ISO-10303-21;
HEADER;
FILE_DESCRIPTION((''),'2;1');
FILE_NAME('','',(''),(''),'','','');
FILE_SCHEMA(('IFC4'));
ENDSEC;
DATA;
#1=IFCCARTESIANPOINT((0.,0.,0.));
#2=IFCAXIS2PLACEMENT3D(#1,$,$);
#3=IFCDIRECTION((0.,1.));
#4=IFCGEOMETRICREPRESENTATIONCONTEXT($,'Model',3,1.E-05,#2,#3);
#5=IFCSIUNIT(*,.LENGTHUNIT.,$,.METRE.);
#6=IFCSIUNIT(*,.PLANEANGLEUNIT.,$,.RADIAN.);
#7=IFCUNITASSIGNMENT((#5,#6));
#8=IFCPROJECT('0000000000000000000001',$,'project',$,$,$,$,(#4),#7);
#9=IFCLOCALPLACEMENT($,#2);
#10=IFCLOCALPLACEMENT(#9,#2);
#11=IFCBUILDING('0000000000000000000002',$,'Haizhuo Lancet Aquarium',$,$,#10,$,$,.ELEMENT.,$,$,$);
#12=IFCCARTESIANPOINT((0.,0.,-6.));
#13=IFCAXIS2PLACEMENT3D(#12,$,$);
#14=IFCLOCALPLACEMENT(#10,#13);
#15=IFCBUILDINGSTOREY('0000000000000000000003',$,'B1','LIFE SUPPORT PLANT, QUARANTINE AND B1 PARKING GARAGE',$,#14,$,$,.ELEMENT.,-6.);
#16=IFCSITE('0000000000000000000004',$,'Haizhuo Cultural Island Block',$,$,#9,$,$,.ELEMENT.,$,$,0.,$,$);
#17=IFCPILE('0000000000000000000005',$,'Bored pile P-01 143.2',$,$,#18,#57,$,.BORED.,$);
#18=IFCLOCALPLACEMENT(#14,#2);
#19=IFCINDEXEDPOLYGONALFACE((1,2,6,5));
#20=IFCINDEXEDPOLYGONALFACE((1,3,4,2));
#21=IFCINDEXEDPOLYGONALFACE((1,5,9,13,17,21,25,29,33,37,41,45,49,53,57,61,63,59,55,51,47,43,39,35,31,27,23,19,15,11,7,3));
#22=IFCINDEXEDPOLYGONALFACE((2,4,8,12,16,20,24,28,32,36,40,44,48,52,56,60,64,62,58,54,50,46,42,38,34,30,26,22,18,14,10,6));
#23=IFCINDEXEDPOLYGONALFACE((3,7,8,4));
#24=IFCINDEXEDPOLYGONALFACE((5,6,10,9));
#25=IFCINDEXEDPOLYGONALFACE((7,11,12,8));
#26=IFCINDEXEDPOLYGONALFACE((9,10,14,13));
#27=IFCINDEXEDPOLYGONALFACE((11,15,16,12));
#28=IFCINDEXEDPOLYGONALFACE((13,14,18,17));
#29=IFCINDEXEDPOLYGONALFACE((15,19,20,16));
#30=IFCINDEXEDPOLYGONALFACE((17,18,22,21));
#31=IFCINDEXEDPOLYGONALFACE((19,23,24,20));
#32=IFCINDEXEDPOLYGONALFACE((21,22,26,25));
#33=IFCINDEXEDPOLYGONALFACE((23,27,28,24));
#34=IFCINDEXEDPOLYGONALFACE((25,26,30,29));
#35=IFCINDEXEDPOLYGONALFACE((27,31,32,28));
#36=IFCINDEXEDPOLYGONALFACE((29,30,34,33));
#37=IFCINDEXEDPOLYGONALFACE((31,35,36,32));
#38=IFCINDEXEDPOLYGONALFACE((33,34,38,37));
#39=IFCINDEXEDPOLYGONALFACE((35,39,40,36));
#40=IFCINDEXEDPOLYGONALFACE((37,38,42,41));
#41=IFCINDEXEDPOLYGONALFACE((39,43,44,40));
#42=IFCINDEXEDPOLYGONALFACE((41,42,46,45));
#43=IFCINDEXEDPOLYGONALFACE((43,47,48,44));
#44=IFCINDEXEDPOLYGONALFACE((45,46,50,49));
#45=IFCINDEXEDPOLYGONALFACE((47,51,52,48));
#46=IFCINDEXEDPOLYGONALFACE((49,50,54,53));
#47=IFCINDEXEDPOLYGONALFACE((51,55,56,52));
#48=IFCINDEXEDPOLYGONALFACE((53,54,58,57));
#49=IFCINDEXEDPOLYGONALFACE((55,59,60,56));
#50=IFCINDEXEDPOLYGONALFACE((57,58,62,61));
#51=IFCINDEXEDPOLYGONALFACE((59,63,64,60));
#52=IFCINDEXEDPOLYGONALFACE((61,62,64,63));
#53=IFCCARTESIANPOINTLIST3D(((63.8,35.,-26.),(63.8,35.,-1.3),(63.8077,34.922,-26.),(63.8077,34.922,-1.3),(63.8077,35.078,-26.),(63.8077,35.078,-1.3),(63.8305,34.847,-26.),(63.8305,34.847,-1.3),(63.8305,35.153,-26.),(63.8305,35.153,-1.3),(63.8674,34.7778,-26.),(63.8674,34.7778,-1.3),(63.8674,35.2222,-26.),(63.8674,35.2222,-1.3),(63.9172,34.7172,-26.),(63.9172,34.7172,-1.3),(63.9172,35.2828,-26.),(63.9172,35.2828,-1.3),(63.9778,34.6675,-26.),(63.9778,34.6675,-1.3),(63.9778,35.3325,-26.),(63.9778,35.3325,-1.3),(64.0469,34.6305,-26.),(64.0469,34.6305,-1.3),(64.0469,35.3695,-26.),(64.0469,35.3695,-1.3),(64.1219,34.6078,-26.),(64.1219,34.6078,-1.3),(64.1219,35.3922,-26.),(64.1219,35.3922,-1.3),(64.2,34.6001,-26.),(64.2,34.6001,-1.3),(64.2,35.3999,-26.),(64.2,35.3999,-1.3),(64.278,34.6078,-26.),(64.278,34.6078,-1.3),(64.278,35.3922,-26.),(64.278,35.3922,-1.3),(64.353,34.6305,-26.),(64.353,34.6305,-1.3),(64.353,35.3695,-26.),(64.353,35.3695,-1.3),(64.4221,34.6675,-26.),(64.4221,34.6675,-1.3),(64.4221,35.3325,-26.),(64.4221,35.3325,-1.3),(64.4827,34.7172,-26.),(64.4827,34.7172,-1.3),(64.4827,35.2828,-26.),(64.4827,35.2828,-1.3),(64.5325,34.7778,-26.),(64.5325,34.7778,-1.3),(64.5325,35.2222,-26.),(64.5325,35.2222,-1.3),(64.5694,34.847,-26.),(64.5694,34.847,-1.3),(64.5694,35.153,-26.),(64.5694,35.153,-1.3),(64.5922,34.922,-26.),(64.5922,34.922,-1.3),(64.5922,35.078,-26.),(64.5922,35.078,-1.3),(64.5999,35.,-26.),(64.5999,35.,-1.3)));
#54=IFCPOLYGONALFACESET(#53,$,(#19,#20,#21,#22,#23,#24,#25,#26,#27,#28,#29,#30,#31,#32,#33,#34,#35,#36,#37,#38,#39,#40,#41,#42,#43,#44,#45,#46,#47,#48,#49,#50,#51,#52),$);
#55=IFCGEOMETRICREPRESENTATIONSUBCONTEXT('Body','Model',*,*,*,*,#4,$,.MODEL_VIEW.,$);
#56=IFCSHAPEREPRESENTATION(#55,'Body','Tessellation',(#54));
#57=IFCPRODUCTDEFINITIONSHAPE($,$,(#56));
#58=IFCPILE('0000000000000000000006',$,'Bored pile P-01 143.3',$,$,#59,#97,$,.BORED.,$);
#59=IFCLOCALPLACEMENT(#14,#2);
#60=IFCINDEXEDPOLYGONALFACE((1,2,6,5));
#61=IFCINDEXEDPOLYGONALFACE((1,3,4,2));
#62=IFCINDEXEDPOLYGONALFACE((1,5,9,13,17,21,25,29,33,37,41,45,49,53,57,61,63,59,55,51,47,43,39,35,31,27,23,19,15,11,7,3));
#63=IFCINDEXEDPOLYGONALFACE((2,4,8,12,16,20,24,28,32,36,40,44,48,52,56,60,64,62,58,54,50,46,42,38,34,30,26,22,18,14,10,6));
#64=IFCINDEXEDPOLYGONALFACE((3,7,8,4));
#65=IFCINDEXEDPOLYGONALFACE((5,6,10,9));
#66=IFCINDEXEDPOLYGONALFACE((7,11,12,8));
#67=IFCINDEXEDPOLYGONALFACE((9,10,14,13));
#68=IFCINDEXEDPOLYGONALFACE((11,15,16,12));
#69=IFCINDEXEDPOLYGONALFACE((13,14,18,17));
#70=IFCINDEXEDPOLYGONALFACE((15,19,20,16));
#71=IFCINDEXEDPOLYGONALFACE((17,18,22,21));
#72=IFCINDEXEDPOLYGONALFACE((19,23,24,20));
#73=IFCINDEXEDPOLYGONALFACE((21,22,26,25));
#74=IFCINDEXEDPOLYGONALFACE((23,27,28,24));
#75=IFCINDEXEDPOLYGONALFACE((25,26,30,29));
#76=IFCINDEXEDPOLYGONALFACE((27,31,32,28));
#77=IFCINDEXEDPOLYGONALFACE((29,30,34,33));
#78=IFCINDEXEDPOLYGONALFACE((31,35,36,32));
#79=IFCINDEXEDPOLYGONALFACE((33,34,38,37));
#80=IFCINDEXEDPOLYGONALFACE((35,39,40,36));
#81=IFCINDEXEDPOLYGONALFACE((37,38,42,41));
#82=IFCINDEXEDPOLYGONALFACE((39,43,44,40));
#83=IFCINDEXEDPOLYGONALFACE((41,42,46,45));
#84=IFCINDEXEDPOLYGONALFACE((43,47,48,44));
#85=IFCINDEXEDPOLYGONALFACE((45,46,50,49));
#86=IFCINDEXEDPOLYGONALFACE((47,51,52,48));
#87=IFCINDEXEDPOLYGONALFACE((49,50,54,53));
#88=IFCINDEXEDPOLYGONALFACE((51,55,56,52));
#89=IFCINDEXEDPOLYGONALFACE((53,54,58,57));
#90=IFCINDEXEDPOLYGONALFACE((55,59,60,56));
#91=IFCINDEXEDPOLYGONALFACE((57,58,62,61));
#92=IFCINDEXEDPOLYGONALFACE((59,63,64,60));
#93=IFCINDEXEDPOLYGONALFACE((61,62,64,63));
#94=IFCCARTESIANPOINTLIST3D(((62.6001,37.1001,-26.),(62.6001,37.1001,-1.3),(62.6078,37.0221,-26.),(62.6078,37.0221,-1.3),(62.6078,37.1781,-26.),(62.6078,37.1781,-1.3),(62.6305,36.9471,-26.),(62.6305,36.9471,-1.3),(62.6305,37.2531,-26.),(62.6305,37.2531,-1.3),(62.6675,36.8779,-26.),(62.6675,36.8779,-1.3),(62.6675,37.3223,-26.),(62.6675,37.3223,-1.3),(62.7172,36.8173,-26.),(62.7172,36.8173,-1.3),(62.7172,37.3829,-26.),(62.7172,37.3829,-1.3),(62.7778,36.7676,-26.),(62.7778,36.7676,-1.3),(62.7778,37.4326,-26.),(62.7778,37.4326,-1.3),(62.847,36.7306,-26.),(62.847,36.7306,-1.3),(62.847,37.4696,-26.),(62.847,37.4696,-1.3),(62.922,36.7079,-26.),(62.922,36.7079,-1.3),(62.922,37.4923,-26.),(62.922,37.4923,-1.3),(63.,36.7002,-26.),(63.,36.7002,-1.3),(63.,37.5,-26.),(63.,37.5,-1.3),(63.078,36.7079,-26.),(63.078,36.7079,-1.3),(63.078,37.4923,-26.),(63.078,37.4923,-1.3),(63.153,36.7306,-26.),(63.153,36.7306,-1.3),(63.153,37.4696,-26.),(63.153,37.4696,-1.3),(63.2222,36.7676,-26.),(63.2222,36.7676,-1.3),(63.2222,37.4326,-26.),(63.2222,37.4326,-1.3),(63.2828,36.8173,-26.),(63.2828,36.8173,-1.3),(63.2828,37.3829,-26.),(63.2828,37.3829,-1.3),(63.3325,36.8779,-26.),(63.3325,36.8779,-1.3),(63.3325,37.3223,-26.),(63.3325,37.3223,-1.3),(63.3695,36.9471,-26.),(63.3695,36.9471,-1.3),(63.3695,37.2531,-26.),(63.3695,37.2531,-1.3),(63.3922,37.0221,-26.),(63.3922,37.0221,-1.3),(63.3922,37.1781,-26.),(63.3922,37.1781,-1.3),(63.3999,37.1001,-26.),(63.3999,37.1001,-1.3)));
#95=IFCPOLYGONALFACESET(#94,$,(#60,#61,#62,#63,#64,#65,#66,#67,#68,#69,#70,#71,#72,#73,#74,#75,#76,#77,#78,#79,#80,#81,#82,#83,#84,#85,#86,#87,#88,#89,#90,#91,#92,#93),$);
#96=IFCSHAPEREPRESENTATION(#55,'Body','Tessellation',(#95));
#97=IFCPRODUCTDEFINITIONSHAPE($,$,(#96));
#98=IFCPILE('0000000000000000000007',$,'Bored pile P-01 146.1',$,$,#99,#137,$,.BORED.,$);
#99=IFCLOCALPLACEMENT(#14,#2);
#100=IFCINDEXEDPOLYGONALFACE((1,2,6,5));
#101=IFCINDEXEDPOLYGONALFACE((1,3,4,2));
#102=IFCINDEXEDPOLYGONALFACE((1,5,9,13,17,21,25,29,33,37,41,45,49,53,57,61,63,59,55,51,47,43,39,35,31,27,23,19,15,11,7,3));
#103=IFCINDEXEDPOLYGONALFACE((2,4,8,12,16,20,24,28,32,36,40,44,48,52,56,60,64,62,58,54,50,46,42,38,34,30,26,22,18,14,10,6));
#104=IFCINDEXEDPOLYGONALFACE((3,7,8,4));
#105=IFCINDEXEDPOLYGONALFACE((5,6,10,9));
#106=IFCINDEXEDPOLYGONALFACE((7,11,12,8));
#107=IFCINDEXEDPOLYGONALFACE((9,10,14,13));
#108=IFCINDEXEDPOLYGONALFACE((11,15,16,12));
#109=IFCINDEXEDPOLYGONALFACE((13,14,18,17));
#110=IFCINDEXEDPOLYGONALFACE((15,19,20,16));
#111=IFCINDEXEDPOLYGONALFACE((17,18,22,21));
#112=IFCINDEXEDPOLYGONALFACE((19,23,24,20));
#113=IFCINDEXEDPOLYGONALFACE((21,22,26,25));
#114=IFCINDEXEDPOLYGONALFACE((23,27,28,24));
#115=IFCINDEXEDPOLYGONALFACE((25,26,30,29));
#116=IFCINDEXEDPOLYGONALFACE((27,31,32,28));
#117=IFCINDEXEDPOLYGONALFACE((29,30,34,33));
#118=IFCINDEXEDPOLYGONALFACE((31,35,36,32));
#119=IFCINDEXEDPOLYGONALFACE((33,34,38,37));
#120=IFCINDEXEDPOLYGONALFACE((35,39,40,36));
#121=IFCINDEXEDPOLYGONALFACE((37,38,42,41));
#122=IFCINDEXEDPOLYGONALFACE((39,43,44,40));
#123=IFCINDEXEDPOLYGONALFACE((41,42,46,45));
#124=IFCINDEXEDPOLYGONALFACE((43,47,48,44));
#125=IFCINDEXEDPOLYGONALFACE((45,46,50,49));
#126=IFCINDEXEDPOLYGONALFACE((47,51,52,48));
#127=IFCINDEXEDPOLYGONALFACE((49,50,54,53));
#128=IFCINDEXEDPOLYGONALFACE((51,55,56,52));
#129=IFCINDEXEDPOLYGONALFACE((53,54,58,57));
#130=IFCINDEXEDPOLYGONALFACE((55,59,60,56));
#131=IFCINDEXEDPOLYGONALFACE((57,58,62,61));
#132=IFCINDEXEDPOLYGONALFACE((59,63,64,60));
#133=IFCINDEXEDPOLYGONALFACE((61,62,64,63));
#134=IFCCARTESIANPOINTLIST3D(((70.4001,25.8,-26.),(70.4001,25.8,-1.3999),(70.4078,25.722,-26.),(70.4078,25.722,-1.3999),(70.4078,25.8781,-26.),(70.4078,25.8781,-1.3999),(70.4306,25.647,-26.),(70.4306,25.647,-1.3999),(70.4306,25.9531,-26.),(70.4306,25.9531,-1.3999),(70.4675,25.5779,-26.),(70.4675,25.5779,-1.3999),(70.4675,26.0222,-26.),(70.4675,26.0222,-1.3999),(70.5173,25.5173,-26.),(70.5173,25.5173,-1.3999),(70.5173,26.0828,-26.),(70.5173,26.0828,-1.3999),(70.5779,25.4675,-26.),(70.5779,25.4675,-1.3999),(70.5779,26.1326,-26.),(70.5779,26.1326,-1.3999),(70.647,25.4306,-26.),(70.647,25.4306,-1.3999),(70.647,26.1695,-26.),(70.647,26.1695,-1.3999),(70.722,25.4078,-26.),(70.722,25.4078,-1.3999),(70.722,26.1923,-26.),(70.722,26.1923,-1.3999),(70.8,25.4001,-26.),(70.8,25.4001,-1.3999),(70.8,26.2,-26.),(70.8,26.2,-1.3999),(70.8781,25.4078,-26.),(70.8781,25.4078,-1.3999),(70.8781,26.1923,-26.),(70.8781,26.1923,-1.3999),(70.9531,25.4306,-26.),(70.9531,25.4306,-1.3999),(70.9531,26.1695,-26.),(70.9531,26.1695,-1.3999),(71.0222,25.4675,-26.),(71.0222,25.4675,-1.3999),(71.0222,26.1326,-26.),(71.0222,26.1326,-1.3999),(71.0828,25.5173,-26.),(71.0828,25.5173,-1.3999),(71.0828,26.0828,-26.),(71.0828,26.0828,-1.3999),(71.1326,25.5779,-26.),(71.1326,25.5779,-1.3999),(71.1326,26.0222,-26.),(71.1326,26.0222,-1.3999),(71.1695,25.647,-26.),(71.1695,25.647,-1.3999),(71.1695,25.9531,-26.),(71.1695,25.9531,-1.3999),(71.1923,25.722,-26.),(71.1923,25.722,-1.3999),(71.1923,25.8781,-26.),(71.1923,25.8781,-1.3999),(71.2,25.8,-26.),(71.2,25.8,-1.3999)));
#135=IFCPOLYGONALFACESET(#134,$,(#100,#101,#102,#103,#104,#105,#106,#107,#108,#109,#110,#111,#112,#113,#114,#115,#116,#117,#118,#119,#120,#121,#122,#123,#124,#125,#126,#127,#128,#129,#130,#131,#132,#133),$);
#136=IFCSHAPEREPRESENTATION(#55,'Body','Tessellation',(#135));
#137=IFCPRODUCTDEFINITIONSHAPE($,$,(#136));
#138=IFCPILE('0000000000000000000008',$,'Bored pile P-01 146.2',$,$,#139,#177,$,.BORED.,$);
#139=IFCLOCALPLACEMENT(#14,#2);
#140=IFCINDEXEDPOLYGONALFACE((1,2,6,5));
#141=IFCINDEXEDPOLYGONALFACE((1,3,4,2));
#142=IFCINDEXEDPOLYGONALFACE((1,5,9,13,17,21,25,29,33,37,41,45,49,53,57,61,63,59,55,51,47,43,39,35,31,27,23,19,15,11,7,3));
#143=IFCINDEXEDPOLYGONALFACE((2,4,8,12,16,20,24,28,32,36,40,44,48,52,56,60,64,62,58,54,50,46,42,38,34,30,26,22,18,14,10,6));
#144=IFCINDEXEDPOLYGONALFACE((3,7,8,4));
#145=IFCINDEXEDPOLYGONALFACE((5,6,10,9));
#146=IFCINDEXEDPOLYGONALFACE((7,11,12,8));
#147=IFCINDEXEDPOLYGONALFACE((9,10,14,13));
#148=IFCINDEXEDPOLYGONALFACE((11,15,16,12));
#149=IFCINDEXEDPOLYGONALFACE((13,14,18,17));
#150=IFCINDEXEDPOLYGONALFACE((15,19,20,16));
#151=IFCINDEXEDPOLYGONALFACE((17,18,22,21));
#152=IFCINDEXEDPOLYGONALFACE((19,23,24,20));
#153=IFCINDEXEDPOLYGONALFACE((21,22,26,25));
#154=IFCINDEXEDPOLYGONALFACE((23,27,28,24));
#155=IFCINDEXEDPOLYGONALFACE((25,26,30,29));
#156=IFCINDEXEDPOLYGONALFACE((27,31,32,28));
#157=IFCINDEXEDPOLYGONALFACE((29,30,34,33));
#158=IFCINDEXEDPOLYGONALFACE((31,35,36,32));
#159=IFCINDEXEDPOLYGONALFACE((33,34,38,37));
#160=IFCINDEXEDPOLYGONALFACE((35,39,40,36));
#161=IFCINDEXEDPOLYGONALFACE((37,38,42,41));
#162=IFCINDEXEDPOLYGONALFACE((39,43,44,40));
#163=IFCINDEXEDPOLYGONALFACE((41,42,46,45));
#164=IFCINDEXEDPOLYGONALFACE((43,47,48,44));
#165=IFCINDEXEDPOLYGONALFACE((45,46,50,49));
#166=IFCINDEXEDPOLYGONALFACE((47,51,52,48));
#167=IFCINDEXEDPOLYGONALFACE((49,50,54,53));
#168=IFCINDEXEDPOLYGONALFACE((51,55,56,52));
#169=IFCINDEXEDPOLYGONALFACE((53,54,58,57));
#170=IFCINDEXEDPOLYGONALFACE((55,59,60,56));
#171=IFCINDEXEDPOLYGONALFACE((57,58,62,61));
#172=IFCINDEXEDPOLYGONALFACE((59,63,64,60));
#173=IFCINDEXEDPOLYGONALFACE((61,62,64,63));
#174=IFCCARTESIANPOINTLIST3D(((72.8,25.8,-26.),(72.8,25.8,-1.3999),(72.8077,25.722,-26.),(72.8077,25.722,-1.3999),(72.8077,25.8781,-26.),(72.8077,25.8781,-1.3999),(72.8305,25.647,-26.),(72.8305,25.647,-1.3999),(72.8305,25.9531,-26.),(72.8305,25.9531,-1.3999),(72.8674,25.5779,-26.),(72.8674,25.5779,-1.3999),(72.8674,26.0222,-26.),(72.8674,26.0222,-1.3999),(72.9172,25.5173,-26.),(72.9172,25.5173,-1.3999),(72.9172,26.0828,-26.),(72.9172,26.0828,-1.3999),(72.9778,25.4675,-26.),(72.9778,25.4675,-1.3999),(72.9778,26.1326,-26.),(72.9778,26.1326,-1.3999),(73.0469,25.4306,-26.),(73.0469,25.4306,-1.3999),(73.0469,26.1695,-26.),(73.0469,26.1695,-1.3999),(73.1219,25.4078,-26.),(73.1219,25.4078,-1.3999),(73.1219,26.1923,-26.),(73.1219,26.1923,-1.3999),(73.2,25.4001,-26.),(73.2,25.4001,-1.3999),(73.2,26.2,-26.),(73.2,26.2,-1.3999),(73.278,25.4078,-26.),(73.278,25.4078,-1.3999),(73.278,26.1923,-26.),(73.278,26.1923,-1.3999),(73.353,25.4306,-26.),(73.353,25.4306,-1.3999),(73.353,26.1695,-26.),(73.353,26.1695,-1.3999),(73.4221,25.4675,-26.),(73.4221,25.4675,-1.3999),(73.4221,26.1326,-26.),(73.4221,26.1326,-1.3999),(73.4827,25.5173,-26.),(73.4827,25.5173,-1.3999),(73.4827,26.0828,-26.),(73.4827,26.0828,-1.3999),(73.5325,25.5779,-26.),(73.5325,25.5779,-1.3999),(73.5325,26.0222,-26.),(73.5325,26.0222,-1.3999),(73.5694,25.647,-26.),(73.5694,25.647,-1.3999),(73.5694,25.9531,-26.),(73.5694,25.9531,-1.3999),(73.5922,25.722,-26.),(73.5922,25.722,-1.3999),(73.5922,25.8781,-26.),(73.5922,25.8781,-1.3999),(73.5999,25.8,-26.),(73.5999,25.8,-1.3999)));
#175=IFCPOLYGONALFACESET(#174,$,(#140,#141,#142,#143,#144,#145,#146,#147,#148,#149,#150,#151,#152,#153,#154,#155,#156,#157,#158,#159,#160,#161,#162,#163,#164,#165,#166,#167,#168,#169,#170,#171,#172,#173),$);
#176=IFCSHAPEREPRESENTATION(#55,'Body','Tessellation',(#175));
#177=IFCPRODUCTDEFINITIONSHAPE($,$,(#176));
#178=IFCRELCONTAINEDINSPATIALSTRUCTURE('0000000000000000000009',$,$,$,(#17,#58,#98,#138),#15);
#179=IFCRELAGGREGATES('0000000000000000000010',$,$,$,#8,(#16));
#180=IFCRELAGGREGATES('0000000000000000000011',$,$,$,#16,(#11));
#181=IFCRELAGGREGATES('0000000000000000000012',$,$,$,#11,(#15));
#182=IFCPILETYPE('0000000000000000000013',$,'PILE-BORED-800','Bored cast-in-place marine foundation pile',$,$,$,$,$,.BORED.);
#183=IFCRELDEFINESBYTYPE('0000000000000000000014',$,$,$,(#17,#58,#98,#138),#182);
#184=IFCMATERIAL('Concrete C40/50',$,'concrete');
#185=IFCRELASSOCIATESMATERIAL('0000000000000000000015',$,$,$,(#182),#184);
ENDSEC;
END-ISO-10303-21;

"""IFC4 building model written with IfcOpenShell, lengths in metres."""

from ifc_helpers import new_model, si_unit, direction, frame, origin, origin_2d, place, context, subcontext, project, spatial, circle, extrude, material, material_profile, profile_set, type_object, element, save


model = new_model("IFC4")

# Units and contexts
model_context = context("Model", 3, precision=1e-05, world=origin(), true_north=direction((0.0, 1.0)))
body_context = subcontext(model_context, "Body", "Model", "MODEL_VIEW")
ifc_project = project(units=[si_unit("LENGTHUNIT", "METRE"), si_unit("PLANEANGLEUNIT", "RADIAN")], contexts=[model_context])

# Site, building, storey
site_placement = place(None, origin())
site = spatial("IfcSite", under=ifc_project, at=site_placement, Name="Haizhuo Cultural Island Block", CompositionType="ELEMENT", RefElevation=0.0)
building_placement = place(site_placement, origin())
building = spatial("IfcBuilding", under=site, at=building_placement, Name="Haizhuo Lancet Aquarium", CompositionType="ELEMENT")
storey_placement = place(building_placement, frame((0.0, 0.0, -6.0)))
storey = spatial("IfcBuildingStorey", under=building, at=storey_placement, Name="B1", Description="LIFE SUPPORT PLANT, QUARANTINE AND B1 PARKING GARAGE", CompositionType="ELEMENT", Elevation=-6.0)

# Shared definitions
ifc_material_1 = material(Name="Concrete C40/50", Category="concrete")

# Piles
ifc_material_profile_1 = material_profile(ifc_material_1, circle(Radius=0.3999, at=origin_2d()), Name="PILE-800")
ifc_profile_set_1 = profile_set([ifc_material_profile_1], Name="Concrete C40/50")
pile_type = type_object("IfcPileType", Name="PILE-BORED-800", Description="Bored cast-in-place marine foundation pile", PredefinedType="BORED", material=ifc_profile_set_1)
for number, where, z_axis, x_axis, name in (
    (1, (64.2, 35.0, -1.3), (0.0, 0.0, -1.0), (1.0, 0.0, 0.0), "Bored pile P-01 143.2"),
    (2, (63.0, 37.1001, -1.3), (0.0, 0.0, -1.0), (1.0, 0.0, 0.0), "Bored pile P-01 143.3"),
):
    element("IfcPile", number, at=place(storey_placement, frame(where, z_axis=z_axis, x_axis=x_axis)), inside=storey, type_object=pile_type, Name=name, PredefinedType="BORED", context=body_context, shape_type="SweptSolid", body=[
        extrude(circle(Radius=0.3999, at=origin_2d()), origin(), (0.0, 0.0, 1.0), 24.7),
    ])
for number, where, z_axis, x_axis, name in (
    (3, (70.8, 25.8, -1.3999), (0.0, 0.0, -1.0), (1.0, 0.0, 0.0), "Bored pile P-01 146.1"),
    (4, (73.2, 25.8, -1.3999), (0.0, 0.0, -1.0), (1.0, 0.0, 0.0), "Bored pile P-01 146.2"),
):
    element("IfcPile", number, at=place(storey_placement, frame(where, z_axis=z_axis, x_axis=x_axis)), inside=storey, type_object=pile_type, Name=name, PredefinedType="BORED", context=body_context, shape_type="SweptSolid", body=[
        extrude(circle(Radius=0.3999, at=origin_2d()), origin(), (0.0, 0.0, 1.0), 24.6001),
    ])

save(model, "model.ifc")
